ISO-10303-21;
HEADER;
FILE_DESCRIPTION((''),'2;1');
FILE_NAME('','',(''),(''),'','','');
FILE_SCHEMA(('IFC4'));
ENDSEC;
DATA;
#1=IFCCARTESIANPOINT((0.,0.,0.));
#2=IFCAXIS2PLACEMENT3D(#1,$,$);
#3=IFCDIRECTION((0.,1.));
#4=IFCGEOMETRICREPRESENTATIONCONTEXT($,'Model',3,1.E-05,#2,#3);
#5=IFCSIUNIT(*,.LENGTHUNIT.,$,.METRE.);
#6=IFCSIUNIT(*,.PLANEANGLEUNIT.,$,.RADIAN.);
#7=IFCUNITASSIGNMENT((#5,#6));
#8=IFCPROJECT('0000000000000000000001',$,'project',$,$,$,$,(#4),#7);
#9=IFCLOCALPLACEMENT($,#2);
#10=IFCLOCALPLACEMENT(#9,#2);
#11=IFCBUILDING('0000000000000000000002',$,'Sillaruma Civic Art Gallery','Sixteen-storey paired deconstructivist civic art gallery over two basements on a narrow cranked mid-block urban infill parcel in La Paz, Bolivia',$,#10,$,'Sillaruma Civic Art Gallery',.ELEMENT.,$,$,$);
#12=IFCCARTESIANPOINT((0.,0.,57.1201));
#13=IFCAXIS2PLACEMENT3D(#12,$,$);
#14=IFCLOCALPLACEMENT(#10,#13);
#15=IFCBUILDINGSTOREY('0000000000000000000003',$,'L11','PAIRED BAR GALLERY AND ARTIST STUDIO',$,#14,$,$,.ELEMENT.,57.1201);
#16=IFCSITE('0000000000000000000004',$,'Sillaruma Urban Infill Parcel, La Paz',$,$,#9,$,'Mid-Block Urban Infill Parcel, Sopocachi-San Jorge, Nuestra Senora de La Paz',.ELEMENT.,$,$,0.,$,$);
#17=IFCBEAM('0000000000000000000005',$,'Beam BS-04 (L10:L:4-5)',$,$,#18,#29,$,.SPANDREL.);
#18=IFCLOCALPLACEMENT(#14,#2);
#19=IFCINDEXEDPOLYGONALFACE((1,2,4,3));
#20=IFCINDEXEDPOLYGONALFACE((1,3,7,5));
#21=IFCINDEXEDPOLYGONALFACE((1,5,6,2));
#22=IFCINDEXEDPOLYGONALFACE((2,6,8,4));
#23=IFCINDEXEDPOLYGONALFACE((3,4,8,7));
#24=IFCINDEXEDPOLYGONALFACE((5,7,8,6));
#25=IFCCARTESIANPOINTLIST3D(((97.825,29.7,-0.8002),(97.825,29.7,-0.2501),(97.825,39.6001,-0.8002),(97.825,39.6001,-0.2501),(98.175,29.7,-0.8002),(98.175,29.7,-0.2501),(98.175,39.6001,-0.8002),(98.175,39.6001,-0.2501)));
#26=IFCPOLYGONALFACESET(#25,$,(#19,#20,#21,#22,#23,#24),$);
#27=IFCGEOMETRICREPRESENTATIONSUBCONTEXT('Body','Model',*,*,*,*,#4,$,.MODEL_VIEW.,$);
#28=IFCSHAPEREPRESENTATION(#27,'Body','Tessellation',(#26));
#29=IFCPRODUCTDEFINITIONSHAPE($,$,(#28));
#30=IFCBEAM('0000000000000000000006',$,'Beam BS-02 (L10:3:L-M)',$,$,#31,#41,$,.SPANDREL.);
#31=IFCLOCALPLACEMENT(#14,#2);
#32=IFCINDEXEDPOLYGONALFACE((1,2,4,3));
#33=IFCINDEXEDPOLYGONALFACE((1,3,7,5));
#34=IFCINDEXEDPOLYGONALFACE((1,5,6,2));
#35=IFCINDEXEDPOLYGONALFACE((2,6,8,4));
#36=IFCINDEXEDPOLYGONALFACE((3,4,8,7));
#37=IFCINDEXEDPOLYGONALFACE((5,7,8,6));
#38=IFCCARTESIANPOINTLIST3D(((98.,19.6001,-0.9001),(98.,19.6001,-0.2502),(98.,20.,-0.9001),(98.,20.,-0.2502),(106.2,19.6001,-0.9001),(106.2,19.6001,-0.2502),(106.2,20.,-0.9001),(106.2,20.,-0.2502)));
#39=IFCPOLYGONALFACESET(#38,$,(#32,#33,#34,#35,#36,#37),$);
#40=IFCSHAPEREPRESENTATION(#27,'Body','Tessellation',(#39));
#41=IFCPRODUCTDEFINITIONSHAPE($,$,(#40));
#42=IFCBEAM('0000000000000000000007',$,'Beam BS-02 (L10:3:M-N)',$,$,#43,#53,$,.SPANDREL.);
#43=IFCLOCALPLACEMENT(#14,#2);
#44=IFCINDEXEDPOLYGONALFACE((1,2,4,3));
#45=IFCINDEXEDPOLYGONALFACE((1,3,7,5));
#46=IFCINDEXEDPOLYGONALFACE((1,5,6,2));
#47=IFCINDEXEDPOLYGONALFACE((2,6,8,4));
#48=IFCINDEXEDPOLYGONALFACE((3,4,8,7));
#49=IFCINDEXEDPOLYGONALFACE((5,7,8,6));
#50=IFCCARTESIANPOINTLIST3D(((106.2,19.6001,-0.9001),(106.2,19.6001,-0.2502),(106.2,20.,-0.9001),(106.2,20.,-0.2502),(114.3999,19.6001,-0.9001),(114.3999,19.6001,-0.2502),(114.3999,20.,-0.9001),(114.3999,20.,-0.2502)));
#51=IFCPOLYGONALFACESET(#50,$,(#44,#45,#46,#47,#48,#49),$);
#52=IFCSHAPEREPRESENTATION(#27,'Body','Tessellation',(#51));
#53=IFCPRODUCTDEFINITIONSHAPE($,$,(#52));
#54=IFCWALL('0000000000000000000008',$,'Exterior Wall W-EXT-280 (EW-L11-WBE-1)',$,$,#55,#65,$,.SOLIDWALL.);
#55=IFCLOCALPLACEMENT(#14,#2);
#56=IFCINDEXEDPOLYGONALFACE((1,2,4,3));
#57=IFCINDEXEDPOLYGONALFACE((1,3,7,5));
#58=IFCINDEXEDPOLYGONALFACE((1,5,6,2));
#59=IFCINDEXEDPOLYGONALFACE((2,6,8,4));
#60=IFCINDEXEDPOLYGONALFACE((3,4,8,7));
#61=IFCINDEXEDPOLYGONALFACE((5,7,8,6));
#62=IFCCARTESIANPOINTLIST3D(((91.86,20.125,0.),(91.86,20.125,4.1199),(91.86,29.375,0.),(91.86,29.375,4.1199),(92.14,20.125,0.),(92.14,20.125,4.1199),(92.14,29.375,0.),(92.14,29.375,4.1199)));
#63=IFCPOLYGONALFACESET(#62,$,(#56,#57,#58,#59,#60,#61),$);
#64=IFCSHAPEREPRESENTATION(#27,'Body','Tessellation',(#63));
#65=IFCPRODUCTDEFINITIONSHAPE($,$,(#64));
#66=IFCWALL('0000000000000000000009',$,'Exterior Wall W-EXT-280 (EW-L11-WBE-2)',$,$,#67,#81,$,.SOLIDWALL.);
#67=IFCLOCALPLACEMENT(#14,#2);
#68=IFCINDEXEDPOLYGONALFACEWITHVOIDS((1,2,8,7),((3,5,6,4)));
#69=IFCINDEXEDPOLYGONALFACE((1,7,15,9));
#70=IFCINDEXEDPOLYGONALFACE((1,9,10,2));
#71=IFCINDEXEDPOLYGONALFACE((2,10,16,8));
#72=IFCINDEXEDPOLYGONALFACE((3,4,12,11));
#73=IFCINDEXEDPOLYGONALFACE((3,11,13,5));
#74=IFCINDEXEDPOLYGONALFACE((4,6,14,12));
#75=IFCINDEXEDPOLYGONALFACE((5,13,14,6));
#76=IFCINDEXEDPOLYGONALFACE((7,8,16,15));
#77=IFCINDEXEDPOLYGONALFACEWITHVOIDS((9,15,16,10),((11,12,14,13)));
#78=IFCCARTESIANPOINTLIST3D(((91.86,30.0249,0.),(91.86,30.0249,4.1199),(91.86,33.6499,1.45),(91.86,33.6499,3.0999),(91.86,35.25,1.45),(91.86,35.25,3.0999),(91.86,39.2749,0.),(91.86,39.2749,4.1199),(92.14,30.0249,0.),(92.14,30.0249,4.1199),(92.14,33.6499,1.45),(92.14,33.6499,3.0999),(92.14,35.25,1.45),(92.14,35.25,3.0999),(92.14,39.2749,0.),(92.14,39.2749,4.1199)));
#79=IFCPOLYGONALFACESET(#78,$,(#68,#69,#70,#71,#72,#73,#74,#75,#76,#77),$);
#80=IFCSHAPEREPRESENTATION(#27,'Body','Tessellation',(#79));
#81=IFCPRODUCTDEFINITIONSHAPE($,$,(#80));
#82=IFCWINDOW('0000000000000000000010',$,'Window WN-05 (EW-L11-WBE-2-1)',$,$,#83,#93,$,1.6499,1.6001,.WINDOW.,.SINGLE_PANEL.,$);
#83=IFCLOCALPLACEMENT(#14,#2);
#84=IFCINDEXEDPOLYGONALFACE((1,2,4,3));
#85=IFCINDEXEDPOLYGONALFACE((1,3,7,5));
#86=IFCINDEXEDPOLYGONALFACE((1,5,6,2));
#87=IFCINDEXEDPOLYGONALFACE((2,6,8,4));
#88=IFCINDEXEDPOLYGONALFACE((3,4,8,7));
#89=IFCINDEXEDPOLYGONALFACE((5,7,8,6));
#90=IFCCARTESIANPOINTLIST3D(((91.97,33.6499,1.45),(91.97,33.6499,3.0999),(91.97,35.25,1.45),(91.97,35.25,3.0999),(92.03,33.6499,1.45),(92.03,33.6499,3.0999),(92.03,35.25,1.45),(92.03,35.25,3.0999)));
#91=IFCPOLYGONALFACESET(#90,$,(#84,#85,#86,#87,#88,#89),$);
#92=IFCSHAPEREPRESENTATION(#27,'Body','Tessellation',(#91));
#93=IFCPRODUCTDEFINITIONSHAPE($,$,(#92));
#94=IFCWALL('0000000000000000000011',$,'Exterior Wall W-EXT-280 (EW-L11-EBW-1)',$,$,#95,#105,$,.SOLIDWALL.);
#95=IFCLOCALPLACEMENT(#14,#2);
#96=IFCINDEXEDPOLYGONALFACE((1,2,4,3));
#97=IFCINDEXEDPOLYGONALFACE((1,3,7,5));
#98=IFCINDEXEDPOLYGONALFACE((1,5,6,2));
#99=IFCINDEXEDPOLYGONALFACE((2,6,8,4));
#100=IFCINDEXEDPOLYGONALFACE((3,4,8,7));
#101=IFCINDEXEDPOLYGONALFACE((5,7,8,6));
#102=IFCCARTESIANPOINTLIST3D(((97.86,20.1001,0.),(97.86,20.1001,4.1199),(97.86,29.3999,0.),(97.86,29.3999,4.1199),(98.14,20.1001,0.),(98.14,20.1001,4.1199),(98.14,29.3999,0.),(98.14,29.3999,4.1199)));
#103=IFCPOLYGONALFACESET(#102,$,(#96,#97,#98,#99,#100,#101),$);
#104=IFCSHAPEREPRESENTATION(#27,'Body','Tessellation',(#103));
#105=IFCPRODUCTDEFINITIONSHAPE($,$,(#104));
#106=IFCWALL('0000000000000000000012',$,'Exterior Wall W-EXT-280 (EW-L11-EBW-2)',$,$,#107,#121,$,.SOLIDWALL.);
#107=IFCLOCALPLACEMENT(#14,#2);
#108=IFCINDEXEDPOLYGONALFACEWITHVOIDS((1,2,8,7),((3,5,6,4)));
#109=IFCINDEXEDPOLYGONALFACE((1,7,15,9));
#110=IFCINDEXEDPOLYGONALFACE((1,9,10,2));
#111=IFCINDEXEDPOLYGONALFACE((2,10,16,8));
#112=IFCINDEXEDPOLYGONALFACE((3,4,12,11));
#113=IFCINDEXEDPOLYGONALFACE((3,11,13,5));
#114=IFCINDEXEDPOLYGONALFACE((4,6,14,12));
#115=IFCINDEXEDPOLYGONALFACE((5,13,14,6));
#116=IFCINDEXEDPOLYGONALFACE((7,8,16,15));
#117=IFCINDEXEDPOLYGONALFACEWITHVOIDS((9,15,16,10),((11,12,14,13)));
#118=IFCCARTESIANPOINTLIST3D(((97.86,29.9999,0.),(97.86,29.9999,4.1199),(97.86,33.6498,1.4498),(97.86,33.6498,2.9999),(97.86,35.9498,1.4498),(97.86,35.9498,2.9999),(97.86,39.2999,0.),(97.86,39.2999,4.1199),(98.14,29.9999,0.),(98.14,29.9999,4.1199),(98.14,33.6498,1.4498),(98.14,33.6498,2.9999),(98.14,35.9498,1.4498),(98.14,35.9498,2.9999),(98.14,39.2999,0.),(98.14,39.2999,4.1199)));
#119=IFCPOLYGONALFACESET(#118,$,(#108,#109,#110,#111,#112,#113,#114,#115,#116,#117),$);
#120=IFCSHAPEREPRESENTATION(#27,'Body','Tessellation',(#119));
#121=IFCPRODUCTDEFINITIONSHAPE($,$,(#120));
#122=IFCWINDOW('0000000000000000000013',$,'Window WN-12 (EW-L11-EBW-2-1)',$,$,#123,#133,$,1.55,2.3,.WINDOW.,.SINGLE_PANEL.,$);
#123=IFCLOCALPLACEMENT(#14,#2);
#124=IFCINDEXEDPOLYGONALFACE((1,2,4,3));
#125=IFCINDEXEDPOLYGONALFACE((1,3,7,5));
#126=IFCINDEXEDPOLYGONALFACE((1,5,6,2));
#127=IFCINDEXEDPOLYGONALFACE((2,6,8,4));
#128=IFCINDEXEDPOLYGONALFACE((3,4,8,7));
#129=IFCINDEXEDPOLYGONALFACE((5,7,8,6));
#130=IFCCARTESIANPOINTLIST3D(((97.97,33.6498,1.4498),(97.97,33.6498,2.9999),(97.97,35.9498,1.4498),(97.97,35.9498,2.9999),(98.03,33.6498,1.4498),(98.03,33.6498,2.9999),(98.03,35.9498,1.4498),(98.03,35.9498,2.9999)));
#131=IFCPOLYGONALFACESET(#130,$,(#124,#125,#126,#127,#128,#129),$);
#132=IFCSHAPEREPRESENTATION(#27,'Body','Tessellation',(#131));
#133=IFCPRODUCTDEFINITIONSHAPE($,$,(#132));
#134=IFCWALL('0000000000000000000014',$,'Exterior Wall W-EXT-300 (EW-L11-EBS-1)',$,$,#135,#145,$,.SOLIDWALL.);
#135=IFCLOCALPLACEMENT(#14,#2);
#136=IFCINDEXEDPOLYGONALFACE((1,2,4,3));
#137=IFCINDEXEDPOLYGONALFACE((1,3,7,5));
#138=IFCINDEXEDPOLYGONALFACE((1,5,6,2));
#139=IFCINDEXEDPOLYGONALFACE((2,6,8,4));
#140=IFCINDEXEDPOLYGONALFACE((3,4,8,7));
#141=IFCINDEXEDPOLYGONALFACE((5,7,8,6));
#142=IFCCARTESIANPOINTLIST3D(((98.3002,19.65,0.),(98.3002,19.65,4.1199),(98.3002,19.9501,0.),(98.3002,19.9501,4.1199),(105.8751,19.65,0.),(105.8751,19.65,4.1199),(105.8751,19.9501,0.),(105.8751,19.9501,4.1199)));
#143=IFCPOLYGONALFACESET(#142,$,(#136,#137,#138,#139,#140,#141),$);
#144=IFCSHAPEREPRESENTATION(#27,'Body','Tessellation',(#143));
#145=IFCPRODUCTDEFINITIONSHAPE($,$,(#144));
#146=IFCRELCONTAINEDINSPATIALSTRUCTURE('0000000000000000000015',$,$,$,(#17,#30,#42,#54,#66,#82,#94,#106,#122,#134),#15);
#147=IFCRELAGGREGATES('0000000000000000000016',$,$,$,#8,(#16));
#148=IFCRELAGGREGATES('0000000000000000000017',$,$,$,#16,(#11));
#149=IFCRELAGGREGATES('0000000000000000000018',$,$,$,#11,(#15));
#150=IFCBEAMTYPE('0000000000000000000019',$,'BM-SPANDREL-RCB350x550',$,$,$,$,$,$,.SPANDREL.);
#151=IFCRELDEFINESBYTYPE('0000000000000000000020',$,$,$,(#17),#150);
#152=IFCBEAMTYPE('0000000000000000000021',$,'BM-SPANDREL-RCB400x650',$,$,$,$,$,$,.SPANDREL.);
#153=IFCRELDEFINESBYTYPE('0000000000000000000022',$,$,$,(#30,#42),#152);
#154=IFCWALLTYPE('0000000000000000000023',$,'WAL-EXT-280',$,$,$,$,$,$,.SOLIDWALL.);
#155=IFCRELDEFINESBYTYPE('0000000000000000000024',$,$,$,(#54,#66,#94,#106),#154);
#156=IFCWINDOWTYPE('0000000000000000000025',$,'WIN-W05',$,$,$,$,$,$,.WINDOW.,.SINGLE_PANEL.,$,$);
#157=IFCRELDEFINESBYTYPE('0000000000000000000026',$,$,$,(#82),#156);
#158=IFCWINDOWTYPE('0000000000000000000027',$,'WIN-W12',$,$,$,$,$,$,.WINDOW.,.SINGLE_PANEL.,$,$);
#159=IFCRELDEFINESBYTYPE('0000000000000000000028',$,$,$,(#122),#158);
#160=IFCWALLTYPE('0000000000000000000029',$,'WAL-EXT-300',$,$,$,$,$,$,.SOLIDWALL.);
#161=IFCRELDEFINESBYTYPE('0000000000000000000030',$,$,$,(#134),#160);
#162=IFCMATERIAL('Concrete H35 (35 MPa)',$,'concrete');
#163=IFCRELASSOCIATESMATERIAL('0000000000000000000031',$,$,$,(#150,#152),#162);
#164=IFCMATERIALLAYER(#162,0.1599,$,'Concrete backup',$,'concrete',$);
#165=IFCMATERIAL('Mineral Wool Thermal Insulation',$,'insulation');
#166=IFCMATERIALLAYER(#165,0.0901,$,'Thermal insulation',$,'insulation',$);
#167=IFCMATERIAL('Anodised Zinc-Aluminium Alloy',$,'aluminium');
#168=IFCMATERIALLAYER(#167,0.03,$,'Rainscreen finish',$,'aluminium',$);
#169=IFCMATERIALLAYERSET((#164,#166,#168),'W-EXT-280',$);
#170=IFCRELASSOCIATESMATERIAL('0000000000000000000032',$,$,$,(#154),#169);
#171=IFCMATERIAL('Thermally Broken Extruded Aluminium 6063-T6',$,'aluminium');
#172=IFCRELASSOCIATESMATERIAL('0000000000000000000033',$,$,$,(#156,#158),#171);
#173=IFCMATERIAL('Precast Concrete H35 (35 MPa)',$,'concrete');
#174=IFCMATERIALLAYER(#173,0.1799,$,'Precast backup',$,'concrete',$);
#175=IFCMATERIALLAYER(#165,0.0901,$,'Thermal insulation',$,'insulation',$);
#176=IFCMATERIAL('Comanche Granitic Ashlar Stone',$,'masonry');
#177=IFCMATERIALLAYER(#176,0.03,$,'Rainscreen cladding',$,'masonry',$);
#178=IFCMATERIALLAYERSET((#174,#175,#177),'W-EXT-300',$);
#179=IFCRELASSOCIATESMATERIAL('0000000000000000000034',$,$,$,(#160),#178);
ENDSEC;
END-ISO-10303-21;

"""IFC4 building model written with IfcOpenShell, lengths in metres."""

from ifc_helpers import new_model, si_unit, direction, frame, frame_2d, origin, origin_2d, place, context, subcontext, project, spatial, rectangle, extrude, material, layer, layer_set, material_profile, profile_set, type_object, element, fill, save


model = new_model("IFC4")

# Units and contexts
model_context = context("Model", 3, precision=1e-05, world=origin(), true_north=direction((0.0, 1.0)))
body_context = subcontext(model_context, "Body", "Model", "MODEL_VIEW")
ifc_project = project(units=[si_unit("LENGTHUNIT", "METRE"), si_unit("PLANEANGLEUNIT", "RADIAN")], contexts=[model_context])

# Site, building, storey
site_placement = place(None, origin())
site = spatial("IfcSite", under=ifc_project, at=site_placement, Name="Sillaruma Urban Infill Parcel, La Paz", LongName="Mid-Block Urban Infill Parcel, Sopocachi-San Jorge, Nuestra Senora de La Paz", CompositionType="ELEMENT", RefElevation=0.0)
building_placement = place(site_placement, origin())
building = spatial("IfcBuilding", under=site, at=building_placement, Name="Sillaruma Civic Art Gallery", Description="Sixteen-storey paired deconstructivist civic art gallery over two basements on a narrow cranked mid-block urban infill parcel in La Paz, Bolivia", LongName="Sillaruma Civic Art Gallery", CompositionType="ELEMENT")
storey_placement = place(building_placement, frame((0.0, 0.0, 57.1201)))
storey = spatial("IfcBuildingStorey", under=building, at=storey_placement, Name="L11", Description="PAIRED BAR GALLERY AND ARTIST STUDIO", CompositionType="ELEMENT", Elevation=57.1201)

# Beams
ifc_material_1 = material(Name="Concrete H35 (35 MPa)", Category="concrete")
ifc_material_profile_1 = material_profile(ifc_material_1, rectangle(XDim=0.3501, YDim=0.55, at=origin_2d()), Name="RCB350x550")
ifc_profile_set_1 = profile_set([ifc_material_profile_1], Name="Concrete H35 (35 MPa)")
beam_type_1 = type_object("IfcBeamType", Name="BM-SPANDREL-RCB350x550", PredefinedType="SPANDREL", material=ifc_profile_set_1)
beam_1_placement = place(storey_placement, frame((98.0, 29.7, -0.5251), z_axis=(0.0, 1.0, 0.0), x_axis=(-1.0, 0.0, 0.0)))
element("IfcBeam", 1, at=beam_1_placement, inside=storey, type_object=beam_type_1, Name="Beam BS-04 (L10:L:4-5)", PredefinedType="SPANDREL", context=body_context, shape_type="SweptSolid", body=[
    extrude(rectangle(XDim=0.3501, YDim=0.55, at=origin_2d()), origin(), (0.0, 0.0, 1.0), 9.9001),
])
ifc_material_profile_2 = material_profile(ifc_material_1, rectangle(XDim=0.3999, YDim=0.6499, at=origin_2d()), Name="RCB400x650")
ifc_profile_set_2 = profile_set([ifc_material_profile_2], Name="Concrete H35 (35 MPa)")
beam_type_2 = type_object("IfcBeamType", Name="BM-SPANDREL-RCB400x650", PredefinedType="SPANDREL", material=ifc_profile_set_2)
for number, where, z_axis, x_axis, name in (
    (2, (98.0, 19.8, -0.5752), (1.0, 0.0, 0.0), (0.0, 1.0, 0.0), "Beam BS-02 (L10:3:L-M)"),
    (3, (106.2, 19.8, -0.5752), (1.0, 0.0, 0.0), (0.0, 1.0, 0.0), "Beam BS-02 (L10:3:M-N)"),
):
    element("IfcBeam", number, at=place(storey_placement, frame(where, z_axis=z_axis, x_axis=x_axis)), inside=storey, type_object=beam_type_2, Name=name, PredefinedType="SPANDREL", context=body_context, shape_type="SweptSolid", body=[
        extrude(rectangle(XDim=0.3999, YDim=0.6499, at=origin_2d()), origin(), (0.0, 0.0, 1.0), 8.2),
    ])

# Wall
ifc_layer_1 = layer(ifc_material_1, 0.1599, Name="Concrete backup", Category="concrete")
ifc_material_2 = material(Name="Mineral Wool Thermal Insulation", Category="insulation")
ifc_layer_2 = layer(ifc_material_2, 0.0901, Name="Thermal insulation", Category="insulation")
ifc_material_3 = material(Name="Anodised Zinc-Aluminium Alloy", Category="aluminium")
ifc_layer_3 = layer(ifc_material_3, 0.03, Name="Rainscreen finish", Category="aluminium")
ifc_layer_set_1 = layer_set([ifc_layer_1, ifc_layer_2, ifc_layer_3], Name="W-EXT-280")
wall_type_1 = type_object("IfcWallType", Name="WAL-EXT-280", PredefinedType="SOLIDWALL", material=ifc_layer_set_1)
wall_1_placement = place(storey_placement, frame((92.0, 20.125, 0.0), z_axis=(0.0, 0.0, 1.0), x_axis=(0.0, 1.0, 0.0)))
element("IfcWall", 4, at=wall_1_placement, inside=storey, type_object=wall_type_1, Name="Exterior Wall W-EXT-280 (EW-L11-WBE-1)", PredefinedType="SOLIDWALL", context=body_context, shape_type="SweptSolid", body=[
    extrude(rectangle(XDim=9.25, YDim=0.28, at=frame_2d((4.625, 0.0))), origin(), (0.0, 0.0, 1.0), 4.1199),
])

# Wall, opening, window
wall_2_placement = place(storey_placement, frame((92.0, 30.0249, 0.0), z_axis=(0.0, 0.0, 1.0), x_axis=(0.0, 1.0, 0.0)))
wall_2 = element("IfcWall", 5, at=wall_2_placement, inside=storey, type_object=wall_type_1, Name="Exterior Wall W-EXT-280 (EW-L11-WBE-2)", PredefinedType="SOLIDWALL", context=body_context, shape_type="SweptSolid", body=[
    extrude(rectangle(XDim=9.25, YDim=0.28, at=frame_2d((4.625, 0.0))), origin(), (0.0, 0.0, 1.0), 4.1199),
])
opening_1_placement = place(wall_2_placement, frame((3.625, 0.0, 1.45)))
opening_1 = element("IfcOpeningElement", 6, at=opening_1_placement, cuts=wall_2, PredefinedType="OPENING", context=body_context, shape_type="SweptSolid", body=[
    extrude(rectangle(XDim=1.6001, YDim=1.6499, at=frame_2d((0.8, 0.825))), frame((0.0, 0.1499, 0.0), z_axis=(0.0, -1.0, 0.0), x_axis=(1.0, 0.0, 0.0)), (0.0, 0.0, 1.0), 0.3),
])
ifc_material_4 = material(Name="Thermally Broken Extruded Aluminium 6063-T6", Category="aluminium")
window_type_1 = type_object("IfcWindowType", Name="WIN-W05", PartitioningType="SINGLE_PANEL", PredefinedType="WINDOW", material=ifc_material_4)
window_1_placement = place(opening_1_placement, origin())
window_1 = element("IfcWindow", 7, at=window_1_placement, inside=storey, type_object=window_type_1, Name="Window WN-05 (EW-L11-WBE-2-1)", OverallHeight=1.6499, OverallWidth=1.6001, PartitioningType="SINGLE_PANEL", PredefinedType="WINDOW", context=body_context, shape_type="SweptSolid", body=[
    extrude(rectangle(XDim=1.6001, YDim=1.6499, at=frame_2d((0.8, 0.825))), frame((0.0, 0.03, 0.0), z_axis=(0.0, -1.0, 0.0), x_axis=(1.0, 0.0, 0.0)), (0.0, 0.0, 1.0), 0.0601),
])
fill(opening_1, window_1)

# Wall
wall_3_placement = place(storey_placement, frame((98.0, 20.1001, 0.0), z_axis=(0.0, 0.0, 1.0), x_axis=(0.0, 1.0, 0.0)))
element("IfcWall", 8, at=wall_3_placement, inside=storey, type_object=wall_type_1, Name="Exterior Wall W-EXT-280 (EW-L11-EBW-1)", PredefinedType="SOLIDWALL", context=body_context, shape_type="SweptSolid", body=[
    extrude(rectangle(XDim=9.2998, YDim=0.28, at=frame_2d((4.6499, 0.0))), origin(), (0.0, 0.0, 1.0), 4.1199),
])

# Wall, opening, window
wall_4_placement = place(storey_placement, frame((98.0, 30.0, 0.0), z_axis=(0.0, 0.0, 1.0), x_axis=(0.0, 1.0, 0.0)))
wall_4 = element("IfcWall", 9, at=wall_4_placement, inside=storey, type_object=wall_type_1, Name="Exterior Wall W-EXT-280 (EW-L11-EBW-2)", PredefinedType="SOLIDWALL", context=body_context, shape_type="SweptSolid", body=[
    extrude(rectangle(XDim=9.3, YDim=0.28, at=frame_2d((4.6499, 0.0))), origin(), (0.0, 0.0, 1.0), 4.1199),
])
opening_2_placement = place(wall_4_placement, frame((3.6499, 0.0, 1.45)))
opening_2 = element("IfcOpeningElement", 10, at=opening_2_placement, cuts=wall_4, PredefinedType="OPENING", context=body_context, shape_type="SweptSolid", body=[
    extrude(rectangle(XDim=2.3, YDim=1.55, at=frame_2d((1.1499, 0.7749))), frame((0.0, 0.1499, 0.0), z_axis=(0.0, -1.0, 0.0), x_axis=(1.0, 0.0, 0.0)), (0.0, 0.0, 1.0), 0.3),
])
window_type_2 = type_object("IfcWindowType", Name="WIN-W12", PartitioningType="SINGLE_PANEL", PredefinedType="WINDOW", material=ifc_material_4)
window_2_placement = place(opening_2_placement, origin())
window_2 = element("IfcWindow", 11, at=window_2_placement, inside=storey, type_object=window_type_2, Name="Window WN-12 (EW-L11-EBW-2-1)", OverallHeight=1.55, OverallWidth=2.3, PartitioningType="SINGLE_PANEL", PredefinedType="WINDOW", context=body_context, shape_type="SweptSolid", body=[
    extrude(rectangle(XDim=2.3, YDim=1.55, at=frame_2d((1.1499, 0.7749))), frame((0.0, 0.03, 0.0), z_axis=(0.0, -1.0, 0.0), x_axis=(1.0, 0.0, 0.0)), (0.0, 0.0, 1.0), 0.0601),
])
fill(opening_2, window_2)

# Wall
ifc_material_5 = material(Name="Precast Concrete H35 (35 MPa)", Category="concrete")
ifc_layer_4 = layer(ifc_material_5, 0.1799, Name="Precast backup", Category="concrete")
ifc_layer_5 = layer(ifc_material_2, 0.0901, Name="Thermal insulation", Category="insulation")
ifc_material_6 = material(Name="Comanche Granitic Ashlar Stone", Category="masonry")
ifc_layer_6 = layer(ifc_material_6, 0.03, Name="Rainscreen cladding", Category="masonry")
ifc_layer_set_2 = layer_set([ifc_layer_4, ifc_layer_5, ifc_layer_6], Name="W-EXT-300")
wall_type_2 = type_object("IfcWallType", Name="WAL-EXT-300", PredefinedType="SOLIDWALL", material=ifc_layer_set_2)
wall_5_placement = place(storey_placement, frame((98.3, 19.8, 0.0), z_axis=(0.0, 0.0, 1.0), x_axis=(1.0, 0.0, 0.0)))
element("IfcWall", 12, at=wall_5_placement, inside=storey, type_object=wall_type_2, Name="Exterior Wall W-EXT-300 (EW-L11-EBS-1)", PredefinedType="SOLIDWALL", context=body_context, shape_type="SweptSolid", body=[
    extrude(rectangle(XDim=7.575, YDim=0.3, at=frame_2d((3.7876, 0.0))), origin(), (0.0, 0.0, 1.0), 4.1199),
])

save(model, "model.ifc")
